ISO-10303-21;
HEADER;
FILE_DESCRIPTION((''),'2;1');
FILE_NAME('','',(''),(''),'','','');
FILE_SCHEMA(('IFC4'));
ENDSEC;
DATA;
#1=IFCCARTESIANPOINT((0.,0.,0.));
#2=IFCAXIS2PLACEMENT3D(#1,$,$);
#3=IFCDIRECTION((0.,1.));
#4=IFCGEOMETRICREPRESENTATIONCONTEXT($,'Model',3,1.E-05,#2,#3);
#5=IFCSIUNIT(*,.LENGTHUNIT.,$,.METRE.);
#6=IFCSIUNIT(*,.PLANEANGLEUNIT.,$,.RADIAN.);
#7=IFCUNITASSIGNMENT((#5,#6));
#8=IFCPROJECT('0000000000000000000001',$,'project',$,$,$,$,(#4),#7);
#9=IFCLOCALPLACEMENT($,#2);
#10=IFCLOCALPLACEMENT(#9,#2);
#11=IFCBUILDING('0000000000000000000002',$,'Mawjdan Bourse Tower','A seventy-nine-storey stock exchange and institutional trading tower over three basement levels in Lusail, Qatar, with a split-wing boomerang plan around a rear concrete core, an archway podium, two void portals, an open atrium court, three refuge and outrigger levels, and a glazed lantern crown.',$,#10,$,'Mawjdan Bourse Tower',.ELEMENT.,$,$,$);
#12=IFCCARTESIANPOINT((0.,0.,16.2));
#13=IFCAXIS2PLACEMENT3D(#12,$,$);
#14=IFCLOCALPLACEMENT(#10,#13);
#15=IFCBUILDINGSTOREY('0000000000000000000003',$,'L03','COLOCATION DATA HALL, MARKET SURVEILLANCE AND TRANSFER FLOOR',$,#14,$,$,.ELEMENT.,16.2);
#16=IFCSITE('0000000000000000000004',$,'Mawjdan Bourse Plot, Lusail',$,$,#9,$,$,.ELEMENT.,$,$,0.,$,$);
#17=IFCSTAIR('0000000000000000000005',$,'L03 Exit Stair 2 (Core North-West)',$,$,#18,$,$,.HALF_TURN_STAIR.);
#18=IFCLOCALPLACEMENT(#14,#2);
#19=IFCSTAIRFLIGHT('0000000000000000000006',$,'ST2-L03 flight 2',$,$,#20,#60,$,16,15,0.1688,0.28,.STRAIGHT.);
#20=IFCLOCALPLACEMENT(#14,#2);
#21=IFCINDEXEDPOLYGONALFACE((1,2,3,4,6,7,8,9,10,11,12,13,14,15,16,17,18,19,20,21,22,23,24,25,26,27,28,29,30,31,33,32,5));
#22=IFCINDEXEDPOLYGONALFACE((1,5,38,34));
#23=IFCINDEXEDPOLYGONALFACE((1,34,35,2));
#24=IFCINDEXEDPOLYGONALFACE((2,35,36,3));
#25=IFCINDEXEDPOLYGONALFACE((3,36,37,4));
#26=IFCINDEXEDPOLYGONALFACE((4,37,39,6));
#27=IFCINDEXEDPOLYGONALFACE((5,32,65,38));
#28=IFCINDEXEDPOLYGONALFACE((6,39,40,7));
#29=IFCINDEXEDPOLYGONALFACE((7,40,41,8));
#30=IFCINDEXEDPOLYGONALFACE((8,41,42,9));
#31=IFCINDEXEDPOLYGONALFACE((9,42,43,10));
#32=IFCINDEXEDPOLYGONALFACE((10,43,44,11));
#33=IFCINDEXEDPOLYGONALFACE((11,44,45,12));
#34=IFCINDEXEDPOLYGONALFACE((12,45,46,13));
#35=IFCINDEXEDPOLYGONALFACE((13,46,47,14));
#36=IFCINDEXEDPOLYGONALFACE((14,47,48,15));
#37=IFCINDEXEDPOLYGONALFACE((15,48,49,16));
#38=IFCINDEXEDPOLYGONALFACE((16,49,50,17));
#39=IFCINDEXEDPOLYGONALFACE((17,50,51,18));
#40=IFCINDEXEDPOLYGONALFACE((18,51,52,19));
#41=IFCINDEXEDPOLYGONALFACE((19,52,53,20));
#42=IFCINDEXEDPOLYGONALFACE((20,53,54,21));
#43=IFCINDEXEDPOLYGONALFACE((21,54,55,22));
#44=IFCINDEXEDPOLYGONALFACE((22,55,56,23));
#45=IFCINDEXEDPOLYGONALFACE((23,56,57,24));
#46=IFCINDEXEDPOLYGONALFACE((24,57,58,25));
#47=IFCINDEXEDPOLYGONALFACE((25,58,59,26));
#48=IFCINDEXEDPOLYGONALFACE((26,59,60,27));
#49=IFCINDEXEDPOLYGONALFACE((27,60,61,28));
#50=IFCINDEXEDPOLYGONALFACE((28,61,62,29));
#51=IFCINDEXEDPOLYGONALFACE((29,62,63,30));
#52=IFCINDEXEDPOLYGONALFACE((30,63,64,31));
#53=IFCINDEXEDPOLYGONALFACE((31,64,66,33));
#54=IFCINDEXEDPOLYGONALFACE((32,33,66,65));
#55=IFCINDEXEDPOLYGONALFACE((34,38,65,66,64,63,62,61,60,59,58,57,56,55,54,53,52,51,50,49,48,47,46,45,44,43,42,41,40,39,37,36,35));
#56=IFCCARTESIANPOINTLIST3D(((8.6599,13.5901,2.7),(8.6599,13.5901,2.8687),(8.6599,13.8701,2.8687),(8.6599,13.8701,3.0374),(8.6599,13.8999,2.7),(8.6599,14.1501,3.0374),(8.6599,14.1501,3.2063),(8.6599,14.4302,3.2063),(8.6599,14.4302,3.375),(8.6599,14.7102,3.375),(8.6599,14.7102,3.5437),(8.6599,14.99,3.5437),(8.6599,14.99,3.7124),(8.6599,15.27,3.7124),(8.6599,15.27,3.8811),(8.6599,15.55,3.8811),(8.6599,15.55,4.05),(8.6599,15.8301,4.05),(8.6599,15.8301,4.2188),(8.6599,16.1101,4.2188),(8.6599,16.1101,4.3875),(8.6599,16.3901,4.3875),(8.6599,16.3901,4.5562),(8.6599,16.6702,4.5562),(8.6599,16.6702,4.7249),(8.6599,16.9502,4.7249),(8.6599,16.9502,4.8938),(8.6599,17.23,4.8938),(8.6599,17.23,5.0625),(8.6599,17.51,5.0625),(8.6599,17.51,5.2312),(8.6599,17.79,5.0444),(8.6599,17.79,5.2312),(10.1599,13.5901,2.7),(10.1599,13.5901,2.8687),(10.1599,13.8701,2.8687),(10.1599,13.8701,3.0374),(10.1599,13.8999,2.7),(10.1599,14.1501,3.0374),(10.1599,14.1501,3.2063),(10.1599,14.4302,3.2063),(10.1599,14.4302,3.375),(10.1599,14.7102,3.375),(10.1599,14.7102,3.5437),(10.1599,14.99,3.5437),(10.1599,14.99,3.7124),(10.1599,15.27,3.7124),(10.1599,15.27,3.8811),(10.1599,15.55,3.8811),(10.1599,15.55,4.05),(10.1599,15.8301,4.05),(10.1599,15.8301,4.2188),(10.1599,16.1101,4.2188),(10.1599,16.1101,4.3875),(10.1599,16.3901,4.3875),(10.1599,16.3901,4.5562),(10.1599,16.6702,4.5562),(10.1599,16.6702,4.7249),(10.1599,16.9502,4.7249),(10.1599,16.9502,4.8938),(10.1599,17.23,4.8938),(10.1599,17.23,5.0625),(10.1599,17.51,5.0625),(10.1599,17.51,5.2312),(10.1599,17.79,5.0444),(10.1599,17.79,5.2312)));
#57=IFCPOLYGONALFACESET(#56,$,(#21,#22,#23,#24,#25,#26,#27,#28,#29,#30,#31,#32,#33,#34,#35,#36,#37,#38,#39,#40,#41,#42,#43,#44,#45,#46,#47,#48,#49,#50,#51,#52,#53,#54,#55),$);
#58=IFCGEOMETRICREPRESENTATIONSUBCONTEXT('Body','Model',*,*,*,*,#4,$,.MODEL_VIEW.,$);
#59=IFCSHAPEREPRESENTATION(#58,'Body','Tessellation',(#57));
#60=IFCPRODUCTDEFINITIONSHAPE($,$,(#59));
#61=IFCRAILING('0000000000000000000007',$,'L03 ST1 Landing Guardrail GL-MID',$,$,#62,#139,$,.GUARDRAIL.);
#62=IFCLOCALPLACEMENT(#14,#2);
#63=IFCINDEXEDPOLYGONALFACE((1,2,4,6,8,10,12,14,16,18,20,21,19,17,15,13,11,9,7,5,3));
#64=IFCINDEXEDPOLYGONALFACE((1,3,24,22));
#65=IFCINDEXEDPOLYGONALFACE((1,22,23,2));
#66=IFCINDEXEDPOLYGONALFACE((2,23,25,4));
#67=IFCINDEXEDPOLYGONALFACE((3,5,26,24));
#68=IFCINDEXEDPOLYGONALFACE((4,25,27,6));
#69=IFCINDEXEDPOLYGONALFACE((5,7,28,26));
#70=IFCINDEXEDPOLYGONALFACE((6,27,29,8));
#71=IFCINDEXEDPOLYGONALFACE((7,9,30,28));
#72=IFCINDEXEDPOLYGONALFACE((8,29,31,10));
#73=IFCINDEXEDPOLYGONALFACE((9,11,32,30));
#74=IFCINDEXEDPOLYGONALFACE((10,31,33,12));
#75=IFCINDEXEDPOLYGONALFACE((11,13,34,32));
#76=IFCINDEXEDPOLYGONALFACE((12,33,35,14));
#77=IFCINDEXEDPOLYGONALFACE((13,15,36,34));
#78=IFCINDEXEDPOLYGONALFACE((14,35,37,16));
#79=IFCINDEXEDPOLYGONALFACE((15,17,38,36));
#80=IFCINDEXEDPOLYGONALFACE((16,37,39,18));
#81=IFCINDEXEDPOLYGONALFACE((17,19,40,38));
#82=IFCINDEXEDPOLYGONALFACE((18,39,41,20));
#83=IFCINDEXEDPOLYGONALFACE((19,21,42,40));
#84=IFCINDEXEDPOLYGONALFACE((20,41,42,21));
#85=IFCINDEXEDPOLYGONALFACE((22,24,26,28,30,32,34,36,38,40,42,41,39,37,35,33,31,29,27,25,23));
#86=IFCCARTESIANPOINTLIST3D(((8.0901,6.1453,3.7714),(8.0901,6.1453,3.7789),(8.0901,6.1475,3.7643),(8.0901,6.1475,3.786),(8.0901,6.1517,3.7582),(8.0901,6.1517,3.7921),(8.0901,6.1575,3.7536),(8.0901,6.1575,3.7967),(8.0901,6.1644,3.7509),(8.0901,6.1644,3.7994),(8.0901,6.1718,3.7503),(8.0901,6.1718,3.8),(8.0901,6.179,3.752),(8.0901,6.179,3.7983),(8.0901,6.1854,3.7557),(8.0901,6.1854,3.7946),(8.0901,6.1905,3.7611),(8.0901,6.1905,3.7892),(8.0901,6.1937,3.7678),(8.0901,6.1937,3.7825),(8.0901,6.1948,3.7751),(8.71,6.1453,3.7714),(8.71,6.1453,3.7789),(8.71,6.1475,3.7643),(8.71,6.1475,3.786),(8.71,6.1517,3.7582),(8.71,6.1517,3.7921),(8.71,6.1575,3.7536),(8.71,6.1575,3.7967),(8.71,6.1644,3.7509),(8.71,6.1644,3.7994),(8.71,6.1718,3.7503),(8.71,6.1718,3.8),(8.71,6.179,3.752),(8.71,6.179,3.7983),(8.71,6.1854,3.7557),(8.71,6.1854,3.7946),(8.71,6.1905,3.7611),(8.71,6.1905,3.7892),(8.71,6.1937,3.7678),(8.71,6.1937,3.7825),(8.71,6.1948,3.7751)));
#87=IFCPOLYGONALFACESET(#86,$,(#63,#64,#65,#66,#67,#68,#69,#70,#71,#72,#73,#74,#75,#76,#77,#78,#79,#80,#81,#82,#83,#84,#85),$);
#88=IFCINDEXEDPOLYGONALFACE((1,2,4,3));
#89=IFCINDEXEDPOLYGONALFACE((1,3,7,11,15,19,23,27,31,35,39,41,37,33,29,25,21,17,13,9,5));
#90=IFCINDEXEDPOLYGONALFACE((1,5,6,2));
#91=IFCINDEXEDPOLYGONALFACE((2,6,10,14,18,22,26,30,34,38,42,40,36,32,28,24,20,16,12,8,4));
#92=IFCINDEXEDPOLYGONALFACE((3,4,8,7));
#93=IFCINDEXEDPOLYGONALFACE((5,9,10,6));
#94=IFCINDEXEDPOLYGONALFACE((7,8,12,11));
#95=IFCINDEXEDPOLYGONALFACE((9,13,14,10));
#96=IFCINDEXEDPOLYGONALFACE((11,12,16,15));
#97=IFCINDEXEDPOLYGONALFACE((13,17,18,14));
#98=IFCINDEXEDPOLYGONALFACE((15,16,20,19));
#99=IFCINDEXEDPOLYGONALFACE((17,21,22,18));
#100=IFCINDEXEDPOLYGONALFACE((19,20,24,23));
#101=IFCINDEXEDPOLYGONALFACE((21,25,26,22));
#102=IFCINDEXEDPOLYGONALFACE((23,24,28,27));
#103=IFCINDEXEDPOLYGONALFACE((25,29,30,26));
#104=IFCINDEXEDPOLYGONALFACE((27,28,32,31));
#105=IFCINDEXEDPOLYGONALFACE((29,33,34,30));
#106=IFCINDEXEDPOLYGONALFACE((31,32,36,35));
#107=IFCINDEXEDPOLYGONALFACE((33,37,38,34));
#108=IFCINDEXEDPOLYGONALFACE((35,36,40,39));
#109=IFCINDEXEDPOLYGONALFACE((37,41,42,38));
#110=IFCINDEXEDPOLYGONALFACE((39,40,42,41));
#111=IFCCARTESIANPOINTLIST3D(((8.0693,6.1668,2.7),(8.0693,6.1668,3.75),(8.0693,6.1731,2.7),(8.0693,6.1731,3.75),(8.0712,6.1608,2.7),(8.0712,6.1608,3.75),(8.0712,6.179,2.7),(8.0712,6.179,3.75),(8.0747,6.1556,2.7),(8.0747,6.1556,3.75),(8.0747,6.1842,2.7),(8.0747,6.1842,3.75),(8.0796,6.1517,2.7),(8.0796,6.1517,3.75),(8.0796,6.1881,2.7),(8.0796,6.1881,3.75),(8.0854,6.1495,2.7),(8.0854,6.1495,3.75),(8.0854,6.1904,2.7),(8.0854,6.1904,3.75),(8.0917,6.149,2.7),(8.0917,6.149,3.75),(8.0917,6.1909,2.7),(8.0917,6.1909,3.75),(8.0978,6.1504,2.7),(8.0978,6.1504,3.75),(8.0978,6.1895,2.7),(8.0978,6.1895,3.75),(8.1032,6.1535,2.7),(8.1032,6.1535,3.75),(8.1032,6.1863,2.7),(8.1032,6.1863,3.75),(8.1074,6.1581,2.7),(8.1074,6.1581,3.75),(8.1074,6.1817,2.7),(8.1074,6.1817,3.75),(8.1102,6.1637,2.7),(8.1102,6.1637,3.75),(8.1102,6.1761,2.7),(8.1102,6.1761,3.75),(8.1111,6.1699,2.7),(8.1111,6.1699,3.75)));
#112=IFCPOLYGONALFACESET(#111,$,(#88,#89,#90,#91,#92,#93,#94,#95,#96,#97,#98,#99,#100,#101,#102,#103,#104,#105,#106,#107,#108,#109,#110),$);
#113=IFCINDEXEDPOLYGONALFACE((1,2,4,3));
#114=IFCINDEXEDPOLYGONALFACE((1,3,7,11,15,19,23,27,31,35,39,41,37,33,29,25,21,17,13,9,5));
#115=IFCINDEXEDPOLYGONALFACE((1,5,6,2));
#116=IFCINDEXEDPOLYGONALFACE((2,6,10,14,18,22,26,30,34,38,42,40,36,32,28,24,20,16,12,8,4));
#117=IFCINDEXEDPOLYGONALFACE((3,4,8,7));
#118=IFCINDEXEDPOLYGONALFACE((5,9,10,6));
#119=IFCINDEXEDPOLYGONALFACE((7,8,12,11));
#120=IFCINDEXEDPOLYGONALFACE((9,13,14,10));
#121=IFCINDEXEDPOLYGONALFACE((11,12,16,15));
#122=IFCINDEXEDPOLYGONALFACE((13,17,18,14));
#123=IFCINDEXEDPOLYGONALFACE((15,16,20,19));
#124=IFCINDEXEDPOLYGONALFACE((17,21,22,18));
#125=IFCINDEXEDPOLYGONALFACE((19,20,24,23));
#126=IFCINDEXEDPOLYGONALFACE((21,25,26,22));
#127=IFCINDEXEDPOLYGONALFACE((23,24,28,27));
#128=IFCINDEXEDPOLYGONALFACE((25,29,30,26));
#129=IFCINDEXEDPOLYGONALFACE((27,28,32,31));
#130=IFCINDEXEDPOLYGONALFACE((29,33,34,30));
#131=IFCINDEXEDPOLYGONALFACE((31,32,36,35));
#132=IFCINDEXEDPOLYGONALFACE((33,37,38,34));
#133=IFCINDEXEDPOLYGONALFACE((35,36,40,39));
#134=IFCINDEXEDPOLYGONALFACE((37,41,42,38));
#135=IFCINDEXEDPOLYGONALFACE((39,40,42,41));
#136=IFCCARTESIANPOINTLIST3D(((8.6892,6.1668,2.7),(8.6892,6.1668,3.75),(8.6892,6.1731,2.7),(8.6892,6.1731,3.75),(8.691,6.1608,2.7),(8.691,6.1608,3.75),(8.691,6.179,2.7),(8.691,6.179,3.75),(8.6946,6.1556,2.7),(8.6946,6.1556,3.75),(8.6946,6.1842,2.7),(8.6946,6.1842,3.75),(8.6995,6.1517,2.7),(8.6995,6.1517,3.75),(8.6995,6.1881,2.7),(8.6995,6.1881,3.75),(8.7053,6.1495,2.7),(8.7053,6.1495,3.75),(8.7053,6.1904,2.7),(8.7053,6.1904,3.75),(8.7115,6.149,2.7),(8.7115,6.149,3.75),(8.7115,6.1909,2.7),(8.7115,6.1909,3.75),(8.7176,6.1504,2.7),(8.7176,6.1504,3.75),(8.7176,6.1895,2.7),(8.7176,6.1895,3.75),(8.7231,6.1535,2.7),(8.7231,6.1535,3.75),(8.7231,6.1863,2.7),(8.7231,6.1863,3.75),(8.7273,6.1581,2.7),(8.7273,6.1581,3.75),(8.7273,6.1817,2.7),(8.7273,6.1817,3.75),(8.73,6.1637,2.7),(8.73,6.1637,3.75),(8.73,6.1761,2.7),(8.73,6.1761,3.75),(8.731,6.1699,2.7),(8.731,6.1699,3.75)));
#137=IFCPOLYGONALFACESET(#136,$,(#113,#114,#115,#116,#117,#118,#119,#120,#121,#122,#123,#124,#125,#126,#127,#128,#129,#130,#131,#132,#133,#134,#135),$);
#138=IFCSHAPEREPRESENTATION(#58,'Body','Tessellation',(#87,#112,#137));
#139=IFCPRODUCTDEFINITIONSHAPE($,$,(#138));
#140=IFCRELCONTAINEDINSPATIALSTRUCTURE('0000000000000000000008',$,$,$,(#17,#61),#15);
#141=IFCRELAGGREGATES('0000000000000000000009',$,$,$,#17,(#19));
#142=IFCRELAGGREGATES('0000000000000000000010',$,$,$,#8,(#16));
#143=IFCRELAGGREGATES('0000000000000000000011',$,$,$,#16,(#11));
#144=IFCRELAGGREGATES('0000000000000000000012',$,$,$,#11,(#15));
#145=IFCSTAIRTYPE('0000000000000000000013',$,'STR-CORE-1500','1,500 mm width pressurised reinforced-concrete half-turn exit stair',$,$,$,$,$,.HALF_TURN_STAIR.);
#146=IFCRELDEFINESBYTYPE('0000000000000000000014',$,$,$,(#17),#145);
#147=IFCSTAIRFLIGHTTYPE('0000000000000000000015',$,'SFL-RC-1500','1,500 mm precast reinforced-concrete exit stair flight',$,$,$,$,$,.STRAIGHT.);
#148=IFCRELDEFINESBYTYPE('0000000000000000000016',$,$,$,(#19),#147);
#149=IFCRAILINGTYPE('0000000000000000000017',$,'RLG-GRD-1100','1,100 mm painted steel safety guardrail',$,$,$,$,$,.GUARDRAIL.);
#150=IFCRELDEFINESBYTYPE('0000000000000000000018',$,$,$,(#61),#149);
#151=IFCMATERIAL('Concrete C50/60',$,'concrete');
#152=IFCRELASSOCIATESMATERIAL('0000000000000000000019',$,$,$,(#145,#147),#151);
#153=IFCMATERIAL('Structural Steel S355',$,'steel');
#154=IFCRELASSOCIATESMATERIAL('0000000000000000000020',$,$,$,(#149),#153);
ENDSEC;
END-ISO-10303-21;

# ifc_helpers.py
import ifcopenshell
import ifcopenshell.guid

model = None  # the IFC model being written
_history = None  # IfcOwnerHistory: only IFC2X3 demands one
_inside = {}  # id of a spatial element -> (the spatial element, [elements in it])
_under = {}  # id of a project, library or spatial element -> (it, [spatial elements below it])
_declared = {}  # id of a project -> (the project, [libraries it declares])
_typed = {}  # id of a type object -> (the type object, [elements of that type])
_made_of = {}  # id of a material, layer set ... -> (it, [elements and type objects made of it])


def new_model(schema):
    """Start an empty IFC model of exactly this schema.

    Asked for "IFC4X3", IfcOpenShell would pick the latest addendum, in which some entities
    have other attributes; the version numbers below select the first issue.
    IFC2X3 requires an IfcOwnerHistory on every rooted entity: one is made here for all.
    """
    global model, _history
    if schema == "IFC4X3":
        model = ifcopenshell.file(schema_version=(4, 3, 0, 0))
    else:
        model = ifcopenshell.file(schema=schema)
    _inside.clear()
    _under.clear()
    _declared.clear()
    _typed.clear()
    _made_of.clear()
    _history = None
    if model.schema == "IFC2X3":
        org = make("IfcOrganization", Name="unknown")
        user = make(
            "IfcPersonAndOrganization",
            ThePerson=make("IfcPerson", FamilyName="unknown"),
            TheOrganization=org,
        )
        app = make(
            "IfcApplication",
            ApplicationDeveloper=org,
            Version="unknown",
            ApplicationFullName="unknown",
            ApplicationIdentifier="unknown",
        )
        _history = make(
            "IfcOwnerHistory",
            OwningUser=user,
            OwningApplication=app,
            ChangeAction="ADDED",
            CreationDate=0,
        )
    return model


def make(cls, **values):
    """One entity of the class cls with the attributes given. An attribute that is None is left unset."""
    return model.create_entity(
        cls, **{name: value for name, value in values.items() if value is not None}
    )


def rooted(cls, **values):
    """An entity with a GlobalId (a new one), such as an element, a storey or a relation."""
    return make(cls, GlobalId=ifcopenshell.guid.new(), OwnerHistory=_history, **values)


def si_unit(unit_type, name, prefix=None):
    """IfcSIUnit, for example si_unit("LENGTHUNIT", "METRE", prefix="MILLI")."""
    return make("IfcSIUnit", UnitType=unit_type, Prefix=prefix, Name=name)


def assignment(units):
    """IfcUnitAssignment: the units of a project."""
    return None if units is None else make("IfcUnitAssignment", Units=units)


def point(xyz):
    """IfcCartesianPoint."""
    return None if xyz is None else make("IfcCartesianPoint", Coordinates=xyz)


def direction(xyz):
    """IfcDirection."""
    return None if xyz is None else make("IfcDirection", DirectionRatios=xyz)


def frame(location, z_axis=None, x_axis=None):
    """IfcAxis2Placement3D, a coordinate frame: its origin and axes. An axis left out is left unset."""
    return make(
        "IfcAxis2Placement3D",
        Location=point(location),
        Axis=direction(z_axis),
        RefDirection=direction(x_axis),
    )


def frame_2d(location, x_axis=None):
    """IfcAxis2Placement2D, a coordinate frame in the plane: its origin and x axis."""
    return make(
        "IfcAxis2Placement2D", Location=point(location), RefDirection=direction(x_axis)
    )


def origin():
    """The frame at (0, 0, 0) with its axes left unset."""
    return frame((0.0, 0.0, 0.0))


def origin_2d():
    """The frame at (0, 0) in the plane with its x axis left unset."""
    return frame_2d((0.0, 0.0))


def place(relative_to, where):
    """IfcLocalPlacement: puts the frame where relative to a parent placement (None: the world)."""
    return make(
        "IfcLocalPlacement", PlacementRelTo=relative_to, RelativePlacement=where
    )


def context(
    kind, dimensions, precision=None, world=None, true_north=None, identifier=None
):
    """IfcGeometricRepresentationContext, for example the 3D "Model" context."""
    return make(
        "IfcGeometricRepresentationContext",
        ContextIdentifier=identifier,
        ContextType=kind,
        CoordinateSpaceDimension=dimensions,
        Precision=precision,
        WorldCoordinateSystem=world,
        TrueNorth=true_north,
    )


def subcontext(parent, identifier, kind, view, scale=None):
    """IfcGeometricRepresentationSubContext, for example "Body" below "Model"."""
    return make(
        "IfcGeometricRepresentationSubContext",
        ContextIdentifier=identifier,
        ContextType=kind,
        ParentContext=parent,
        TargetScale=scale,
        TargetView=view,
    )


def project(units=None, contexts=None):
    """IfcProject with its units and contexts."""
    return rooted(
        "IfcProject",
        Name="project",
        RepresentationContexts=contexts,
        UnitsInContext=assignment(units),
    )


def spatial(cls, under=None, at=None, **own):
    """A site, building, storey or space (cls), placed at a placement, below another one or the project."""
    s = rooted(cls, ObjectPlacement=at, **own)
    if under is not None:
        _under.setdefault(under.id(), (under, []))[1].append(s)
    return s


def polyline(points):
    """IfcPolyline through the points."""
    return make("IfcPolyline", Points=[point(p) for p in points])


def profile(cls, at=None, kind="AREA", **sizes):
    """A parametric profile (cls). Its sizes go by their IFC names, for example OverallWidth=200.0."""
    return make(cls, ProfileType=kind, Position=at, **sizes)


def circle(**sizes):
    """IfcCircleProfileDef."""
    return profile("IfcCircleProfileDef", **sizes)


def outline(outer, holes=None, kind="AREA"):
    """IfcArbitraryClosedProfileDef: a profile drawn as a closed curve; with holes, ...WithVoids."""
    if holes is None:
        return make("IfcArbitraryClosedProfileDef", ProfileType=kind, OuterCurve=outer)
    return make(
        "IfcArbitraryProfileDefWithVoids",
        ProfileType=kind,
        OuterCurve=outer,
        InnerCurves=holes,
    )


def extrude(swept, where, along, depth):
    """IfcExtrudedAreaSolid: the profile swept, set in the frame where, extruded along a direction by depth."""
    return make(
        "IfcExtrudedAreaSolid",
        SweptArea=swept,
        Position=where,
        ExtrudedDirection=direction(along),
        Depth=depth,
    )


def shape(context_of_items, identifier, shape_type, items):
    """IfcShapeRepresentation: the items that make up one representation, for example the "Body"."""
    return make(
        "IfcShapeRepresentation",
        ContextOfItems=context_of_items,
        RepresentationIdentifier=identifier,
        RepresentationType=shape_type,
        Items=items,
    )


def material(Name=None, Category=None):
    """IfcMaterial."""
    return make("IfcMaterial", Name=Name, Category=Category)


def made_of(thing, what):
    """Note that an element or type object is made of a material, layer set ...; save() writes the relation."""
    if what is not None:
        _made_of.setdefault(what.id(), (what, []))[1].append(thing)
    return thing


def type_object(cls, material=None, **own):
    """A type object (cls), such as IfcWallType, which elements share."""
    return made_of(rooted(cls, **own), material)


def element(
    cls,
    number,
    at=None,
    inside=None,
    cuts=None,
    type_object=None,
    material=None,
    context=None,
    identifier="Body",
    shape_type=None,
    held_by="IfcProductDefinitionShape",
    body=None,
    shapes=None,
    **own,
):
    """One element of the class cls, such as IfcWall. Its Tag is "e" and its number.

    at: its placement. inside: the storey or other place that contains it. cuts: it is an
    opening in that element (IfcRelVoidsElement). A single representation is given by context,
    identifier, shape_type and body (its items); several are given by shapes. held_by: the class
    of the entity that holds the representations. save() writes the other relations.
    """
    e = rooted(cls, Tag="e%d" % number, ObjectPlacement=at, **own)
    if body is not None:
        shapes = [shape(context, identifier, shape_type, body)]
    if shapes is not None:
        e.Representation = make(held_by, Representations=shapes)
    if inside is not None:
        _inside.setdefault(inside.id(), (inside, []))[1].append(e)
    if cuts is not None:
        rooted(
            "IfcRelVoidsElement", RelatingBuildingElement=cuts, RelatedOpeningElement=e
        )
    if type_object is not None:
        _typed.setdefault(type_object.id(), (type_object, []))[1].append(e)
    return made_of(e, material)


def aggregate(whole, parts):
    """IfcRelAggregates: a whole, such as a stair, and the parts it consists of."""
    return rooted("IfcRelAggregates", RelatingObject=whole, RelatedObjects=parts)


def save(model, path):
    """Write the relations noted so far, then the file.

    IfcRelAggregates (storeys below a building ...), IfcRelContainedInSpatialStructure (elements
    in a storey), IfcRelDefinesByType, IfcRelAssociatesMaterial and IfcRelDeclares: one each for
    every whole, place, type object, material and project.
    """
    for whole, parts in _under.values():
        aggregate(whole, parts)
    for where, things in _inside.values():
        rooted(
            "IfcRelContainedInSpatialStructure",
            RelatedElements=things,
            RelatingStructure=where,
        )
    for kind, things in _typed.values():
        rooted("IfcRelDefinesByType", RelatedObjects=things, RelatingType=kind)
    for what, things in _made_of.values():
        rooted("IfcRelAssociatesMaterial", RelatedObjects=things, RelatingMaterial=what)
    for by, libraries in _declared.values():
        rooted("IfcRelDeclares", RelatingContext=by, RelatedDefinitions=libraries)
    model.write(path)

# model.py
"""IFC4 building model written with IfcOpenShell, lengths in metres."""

from ifc_helpers import new_model, si_unit, direction, frame, origin, origin_2d, place, context, subcontext, project, spatial, polyline, circle, outline, extrude, material, type_object, element, aggregate, save


model = new_model("IFC4")

# Units and contexts
model_context = context("Model", 3, precision=1e-05, world=origin(), true_north=direction((0.0, 1.0)))
body_context = subcontext(model_context, "Body", "Model", "MODEL_VIEW")
ifc_project = project(units=[si_unit("LENGTHUNIT", "METRE"), si_unit("PLANEANGLEUNIT", "RADIAN")], contexts=[model_context])

# Site, building, storey
site_placement = place(None, origin())
site = spatial("IfcSite", under=ifc_project, at=site_placement, Name="Mawjdan Bourse Plot, Lusail", CompositionType="ELEMENT", RefElevation=0.0)
building_placement = place(site_placement, origin())
building = spatial("IfcBuilding", under=site, at=building_placement, Name="Mawjdan Bourse Tower", Description="A seventy-nine-storey stock exchange and institutional trading tower over three basement levels in Lusail, Qatar, with a split-wing boomerang plan around a rear concrete core, an archway podium, two void portals, an open atrium court, three refuge and outrigger levels, and a glazed lantern crown.", LongName="Mawjdan Bourse Tower", CompositionType="ELEMENT")
storey_placement = place(building_placement, frame((0.0, 0.0, 16.2)))
storey = spatial("IfcBuildingStorey", under=building, at=storey_placement, Name="L03", Description="COLOCATION DATA HALL, MARKET SURVEILLANCE AND TRANSFER FLOOR", CompositionType="ELEMENT", Elevation=16.2)

# Shared definitions
ifc_material_1 = material(Name="Structural Steel S355", Category="steel")

# Shared definitions
ifc_material_2 = material(Name="Concrete C50/60", Category="concrete")

# Shared definitions
stair_type = type_object("IfcStairType", Name="STR-CORE-1500", Description="1,500 mm width pressurised reinforced-concrete half-turn exit stair", PredefinedType="HALF_TURN_STAIR", material=ifc_material_2)
stair_flight_type = type_object("IfcStairFlightType", Name="SFL-RC-1500", Description="1,500 mm precast reinforced-concrete exit stair flight", PredefinedType="STRAIGHT", material=ifc_material_2)

# Stair, stair flight
stair_1_placement = place(storey_placement, origin())
stair_1 = element("IfcStair", 1, at=stair_1_placement, inside=storey, type_object=stair_type, Name="L03 Exit Stair 2 (Core North-West)", PredefinedType="HALF_TURN_STAIR")
stair_flight_1_placement = place(storey_placement, frame((9.4099, 13.5901, 2.7), z_axis=(0.0, 0.0, 1.0), x_axis=(0.0, 1.0, 0.0)))
stair_flight_1 = element("IfcStairFlight", 2, at=stair_flight_1_placement, type_object=stair_flight_type, Name="ST2-L03 flight 2", NumberOfRisers=16, NumberOfTreads=15, PredefinedType="STRAIGHT", RiserHeight=0.1688, TreadLength=0.28, context=body_context, shape_type="SweptSolid", body=[
    extrude(outline(polyline([(0.0, 0.0), (0.0, 0.1687), (0.28, 0.1687), (0.28, 0.3374), (0.5601, 0.3374), (0.5601, 0.5063), (0.8401, 0.5063), (0.8401, 0.675), (1.1201, 0.675), (1.1201, 0.8438), (1.3999, 0.8438), (1.3999, 1.0125), (1.6799, 1.0125), (1.6799, 1.1812), (1.96, 1.1812), (1.96, 1.3501), (2.24, 1.3501), (2.24, 1.5188), (2.52, 1.5188), (2.52, 1.6875), (2.8, 1.6875), (2.8, 1.8562), (3.0801, 1.8562), (3.0801, 2.0249), (3.3601, 2.0249), (3.3601, 2.1938), (3.6399, 2.1938), (3.6399, 2.3625), (3.9199, 2.3625), (3.9199, 2.5312), (4.2, 2.5312), (4.2, 2.7), (4.2, 2.3445), (0.3098, 0.0), (0.0, 0.0)])), frame((0.0, 0.75, 0.0), z_axis=(0.0, -1.0, 0.0), x_axis=(1.0, 0.0, 0.0)), (0.0, 0.0, 1.0), 1.5),
])
aggregate(stair_1, [stair_flight_1])

# Railing
railing_type_1 = type_object("IfcRailingType", Name="RLG-GRD-1100", Description="1,100 mm painted steel safety guardrail", PredefinedType="GUARDRAIL", material=ifc_material_1)
for number, where, name in (
    (3, (8.0901, 6.1699, 2.7), "L03 ST1 Landing Guardrail GL-MID"),
):
    element("IfcRailing", number, at=place(storey_placement, frame(where)), inside=storey, type_object=railing_type_1, Name=name, PredefinedType="GUARDRAIL", context=body_context, shape_type="SweptSolid", body=[
        extrude(circle(Radius=0.0249, at=origin_2d()), frame((0.0, 0.0, 1.0752), z_axis=(1.0, 0.0, 0.0), x_axis=(0.0, 1.0, 0.0)), (0.0, 0.0, 1.0), 0.6199),
        extrude(circle(Radius=0.021, at=origin_2d()), origin(), (0.0, 0.0, 1.0), 1.05),
        extrude(circle(Radius=0.021, at=origin_2d()), frame((0.6199, 0.0, 0.0)), (0.0, 0.0, 1.0), 1.05),
    ])

save(model, "model.ifc")
